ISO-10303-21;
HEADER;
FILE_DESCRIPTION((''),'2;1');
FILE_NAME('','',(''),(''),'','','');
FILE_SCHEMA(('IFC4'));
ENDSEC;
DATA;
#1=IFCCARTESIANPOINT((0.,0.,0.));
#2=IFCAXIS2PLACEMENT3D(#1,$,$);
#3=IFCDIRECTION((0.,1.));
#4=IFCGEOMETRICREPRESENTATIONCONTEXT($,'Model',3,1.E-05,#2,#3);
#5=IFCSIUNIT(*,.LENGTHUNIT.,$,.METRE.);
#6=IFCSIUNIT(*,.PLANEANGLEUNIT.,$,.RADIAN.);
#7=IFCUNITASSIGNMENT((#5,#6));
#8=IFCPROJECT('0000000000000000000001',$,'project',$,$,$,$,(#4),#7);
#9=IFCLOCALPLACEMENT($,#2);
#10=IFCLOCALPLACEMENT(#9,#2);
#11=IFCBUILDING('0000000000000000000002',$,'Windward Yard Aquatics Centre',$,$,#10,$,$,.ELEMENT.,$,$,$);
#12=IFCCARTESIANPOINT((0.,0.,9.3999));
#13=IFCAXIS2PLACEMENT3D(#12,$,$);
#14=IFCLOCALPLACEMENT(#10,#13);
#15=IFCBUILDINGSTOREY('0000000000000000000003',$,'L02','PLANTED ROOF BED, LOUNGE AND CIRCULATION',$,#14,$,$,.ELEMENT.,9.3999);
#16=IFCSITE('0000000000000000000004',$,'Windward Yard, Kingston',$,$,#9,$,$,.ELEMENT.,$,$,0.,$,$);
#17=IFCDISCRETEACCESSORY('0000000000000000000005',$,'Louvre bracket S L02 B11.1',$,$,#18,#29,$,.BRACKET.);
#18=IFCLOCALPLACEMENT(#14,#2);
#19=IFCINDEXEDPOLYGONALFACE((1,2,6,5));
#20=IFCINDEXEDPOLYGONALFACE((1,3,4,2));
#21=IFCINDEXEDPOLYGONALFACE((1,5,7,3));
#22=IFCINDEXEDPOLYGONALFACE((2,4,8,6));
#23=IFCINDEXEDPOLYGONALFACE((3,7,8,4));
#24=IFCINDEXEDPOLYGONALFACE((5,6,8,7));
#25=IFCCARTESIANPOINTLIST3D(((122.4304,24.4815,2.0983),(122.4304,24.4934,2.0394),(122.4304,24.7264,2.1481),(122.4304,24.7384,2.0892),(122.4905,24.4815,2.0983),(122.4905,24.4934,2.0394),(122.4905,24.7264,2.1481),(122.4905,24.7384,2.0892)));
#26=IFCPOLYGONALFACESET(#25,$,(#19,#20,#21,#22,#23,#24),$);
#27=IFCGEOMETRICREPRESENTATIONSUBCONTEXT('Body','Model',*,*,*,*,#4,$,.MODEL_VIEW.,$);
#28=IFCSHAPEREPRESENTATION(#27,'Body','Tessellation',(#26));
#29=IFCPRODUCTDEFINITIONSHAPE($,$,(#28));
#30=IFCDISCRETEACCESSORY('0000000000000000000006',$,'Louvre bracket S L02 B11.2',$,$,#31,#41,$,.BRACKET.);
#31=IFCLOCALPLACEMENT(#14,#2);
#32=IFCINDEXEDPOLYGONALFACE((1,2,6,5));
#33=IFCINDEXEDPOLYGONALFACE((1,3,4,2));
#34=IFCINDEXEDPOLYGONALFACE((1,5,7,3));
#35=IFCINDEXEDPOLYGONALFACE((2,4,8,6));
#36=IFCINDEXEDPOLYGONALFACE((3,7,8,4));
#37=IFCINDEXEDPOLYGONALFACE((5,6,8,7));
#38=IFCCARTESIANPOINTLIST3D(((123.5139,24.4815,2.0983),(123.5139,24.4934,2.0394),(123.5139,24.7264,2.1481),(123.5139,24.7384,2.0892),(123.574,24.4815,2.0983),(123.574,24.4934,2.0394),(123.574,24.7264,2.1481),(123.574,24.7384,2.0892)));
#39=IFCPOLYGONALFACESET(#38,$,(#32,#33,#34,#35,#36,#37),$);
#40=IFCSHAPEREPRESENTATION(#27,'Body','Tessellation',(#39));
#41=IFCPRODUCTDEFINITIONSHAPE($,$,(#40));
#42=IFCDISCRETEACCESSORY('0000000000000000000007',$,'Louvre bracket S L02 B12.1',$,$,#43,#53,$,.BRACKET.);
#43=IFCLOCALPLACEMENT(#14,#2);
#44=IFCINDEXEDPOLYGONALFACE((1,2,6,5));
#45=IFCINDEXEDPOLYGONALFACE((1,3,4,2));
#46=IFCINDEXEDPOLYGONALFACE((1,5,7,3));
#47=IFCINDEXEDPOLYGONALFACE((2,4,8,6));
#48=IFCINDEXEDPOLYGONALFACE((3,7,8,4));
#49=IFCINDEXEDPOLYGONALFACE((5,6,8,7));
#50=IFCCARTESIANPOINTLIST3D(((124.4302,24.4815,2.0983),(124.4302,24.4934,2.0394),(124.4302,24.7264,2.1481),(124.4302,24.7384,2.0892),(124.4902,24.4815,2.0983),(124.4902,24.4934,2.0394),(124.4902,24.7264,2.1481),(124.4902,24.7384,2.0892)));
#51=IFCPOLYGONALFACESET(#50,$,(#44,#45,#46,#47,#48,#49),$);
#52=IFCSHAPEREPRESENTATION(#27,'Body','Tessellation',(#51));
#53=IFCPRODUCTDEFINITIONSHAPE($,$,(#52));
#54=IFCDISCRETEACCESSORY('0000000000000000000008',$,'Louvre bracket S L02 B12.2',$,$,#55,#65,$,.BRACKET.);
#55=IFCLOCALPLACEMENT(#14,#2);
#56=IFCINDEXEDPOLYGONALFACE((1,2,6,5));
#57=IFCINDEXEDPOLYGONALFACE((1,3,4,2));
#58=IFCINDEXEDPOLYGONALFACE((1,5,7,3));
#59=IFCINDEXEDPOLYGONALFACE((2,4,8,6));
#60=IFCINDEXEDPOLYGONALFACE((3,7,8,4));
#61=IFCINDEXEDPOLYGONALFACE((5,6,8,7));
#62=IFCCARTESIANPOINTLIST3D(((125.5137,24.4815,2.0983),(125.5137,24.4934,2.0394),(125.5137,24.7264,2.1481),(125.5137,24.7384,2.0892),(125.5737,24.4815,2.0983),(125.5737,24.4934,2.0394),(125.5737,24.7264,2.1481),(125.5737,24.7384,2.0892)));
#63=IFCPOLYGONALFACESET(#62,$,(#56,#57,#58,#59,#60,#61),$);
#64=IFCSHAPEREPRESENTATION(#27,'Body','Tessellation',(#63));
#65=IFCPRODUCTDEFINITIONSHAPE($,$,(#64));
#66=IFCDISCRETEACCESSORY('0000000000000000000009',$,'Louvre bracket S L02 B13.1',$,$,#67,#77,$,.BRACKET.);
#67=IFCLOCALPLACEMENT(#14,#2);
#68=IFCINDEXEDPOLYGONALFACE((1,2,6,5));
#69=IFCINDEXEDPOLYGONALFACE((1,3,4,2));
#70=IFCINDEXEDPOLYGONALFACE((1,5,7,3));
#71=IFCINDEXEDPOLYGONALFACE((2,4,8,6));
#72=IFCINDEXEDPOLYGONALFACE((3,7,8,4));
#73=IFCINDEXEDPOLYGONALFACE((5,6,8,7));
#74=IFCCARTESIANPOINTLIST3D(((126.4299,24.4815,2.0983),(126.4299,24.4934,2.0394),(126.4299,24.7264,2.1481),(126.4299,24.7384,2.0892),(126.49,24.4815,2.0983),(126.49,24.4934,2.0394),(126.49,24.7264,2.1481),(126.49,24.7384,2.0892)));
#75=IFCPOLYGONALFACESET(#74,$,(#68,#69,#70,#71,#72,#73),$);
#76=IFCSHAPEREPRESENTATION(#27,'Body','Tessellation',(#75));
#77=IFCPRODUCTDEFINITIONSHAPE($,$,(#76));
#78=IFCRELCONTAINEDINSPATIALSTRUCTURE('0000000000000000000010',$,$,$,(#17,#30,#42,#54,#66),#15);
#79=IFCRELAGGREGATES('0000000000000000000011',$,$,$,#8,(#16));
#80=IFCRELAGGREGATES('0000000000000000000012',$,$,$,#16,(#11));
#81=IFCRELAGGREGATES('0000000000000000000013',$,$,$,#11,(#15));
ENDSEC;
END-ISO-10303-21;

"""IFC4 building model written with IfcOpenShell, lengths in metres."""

from ifc_helpers import new_model, si_unit, direction, frame, origin, origin_2d, place, context, subcontext, project, spatial, rectangle, extrude, element, save


model = new_model("IFC4")

# Units and contexts
model_context = context("Model", 3, precision=1e-05, world=origin(), true_north=direction((0.0, 1.0)))
body_context = subcontext(model_context, "Body", "Model", "MODEL_VIEW")
ifc_project = project(units=[si_unit("LENGTHUNIT", "METRE"), si_unit("PLANEANGLEUNIT", "RADIAN")], contexts=[model_context])

# Site, building, storey
site_placement = place(None, origin())
site = spatial("IfcSite", under=ifc_project, at=site_placement, Name="Windward Yard, Kingston", CompositionType="ELEMENT", RefElevation=0.0)
building_placement = place(site_placement, origin())
building = spatial("IfcBuilding", under=site, at=building_placement, Name="Windward Yard Aquatics Centre", CompositionType="ELEMENT")
storey_placement = place(building_placement, frame((0.0, 0.0, 9.3999)))
storey = spatial("IfcBuildingStorey", under=building, at=storey_placement, Name="L02", Description="PLANTED ROOF BED, LOUNGE AND CIRCULATION", CompositionType="ELEMENT", Elevation=9.3999)

# Discrete accessories
for number, where, z_axis, x_axis, name in (
    (1, (122.4604, 24.7324, 2.1187), (0.0, -0.979937, -0.199309), (1.0, 0.0, 0.0), "Louvre bracket S L02 B11.1"),
    (2, (123.5439, 24.7324, 2.1187), (0.0, -0.979937, -0.199309), (1.0, 0.0, 0.0), "Louvre bracket S L02 B11.2"),
    (3, (124.4602, 24.7324, 2.1187), (0.0, -0.979937, -0.199309), (1.0, 0.0, 0.0), "Louvre bracket S L02 B12.1"),
    (4, (125.5437, 24.7324, 2.1187), (0.0, -0.979937, -0.199309), (1.0, 0.0, 0.0), "Louvre bracket S L02 B12.2"),
    (5, (126.46, 24.7324, 2.1187), (0.0, -0.979937, -0.199309), (1.0, 0.0, 0.0), "Louvre bracket S L02 B13.1"),
):
    element("IfcDiscreteAccessory", number, at=place(storey_placement, frame(where, z_axis=z_axis, x_axis=x_axis)), inside=storey, Name=name, PredefinedType="BRACKET", context=body_context, shape_type="SweptSolid", body=[
        extrude(rectangle(XDim=0.0601, YDim=0.0601, at=origin_2d()), origin(), (0.0, 0.0, 1.0), 0.25),
    ])

save(model, "model.ifc")
